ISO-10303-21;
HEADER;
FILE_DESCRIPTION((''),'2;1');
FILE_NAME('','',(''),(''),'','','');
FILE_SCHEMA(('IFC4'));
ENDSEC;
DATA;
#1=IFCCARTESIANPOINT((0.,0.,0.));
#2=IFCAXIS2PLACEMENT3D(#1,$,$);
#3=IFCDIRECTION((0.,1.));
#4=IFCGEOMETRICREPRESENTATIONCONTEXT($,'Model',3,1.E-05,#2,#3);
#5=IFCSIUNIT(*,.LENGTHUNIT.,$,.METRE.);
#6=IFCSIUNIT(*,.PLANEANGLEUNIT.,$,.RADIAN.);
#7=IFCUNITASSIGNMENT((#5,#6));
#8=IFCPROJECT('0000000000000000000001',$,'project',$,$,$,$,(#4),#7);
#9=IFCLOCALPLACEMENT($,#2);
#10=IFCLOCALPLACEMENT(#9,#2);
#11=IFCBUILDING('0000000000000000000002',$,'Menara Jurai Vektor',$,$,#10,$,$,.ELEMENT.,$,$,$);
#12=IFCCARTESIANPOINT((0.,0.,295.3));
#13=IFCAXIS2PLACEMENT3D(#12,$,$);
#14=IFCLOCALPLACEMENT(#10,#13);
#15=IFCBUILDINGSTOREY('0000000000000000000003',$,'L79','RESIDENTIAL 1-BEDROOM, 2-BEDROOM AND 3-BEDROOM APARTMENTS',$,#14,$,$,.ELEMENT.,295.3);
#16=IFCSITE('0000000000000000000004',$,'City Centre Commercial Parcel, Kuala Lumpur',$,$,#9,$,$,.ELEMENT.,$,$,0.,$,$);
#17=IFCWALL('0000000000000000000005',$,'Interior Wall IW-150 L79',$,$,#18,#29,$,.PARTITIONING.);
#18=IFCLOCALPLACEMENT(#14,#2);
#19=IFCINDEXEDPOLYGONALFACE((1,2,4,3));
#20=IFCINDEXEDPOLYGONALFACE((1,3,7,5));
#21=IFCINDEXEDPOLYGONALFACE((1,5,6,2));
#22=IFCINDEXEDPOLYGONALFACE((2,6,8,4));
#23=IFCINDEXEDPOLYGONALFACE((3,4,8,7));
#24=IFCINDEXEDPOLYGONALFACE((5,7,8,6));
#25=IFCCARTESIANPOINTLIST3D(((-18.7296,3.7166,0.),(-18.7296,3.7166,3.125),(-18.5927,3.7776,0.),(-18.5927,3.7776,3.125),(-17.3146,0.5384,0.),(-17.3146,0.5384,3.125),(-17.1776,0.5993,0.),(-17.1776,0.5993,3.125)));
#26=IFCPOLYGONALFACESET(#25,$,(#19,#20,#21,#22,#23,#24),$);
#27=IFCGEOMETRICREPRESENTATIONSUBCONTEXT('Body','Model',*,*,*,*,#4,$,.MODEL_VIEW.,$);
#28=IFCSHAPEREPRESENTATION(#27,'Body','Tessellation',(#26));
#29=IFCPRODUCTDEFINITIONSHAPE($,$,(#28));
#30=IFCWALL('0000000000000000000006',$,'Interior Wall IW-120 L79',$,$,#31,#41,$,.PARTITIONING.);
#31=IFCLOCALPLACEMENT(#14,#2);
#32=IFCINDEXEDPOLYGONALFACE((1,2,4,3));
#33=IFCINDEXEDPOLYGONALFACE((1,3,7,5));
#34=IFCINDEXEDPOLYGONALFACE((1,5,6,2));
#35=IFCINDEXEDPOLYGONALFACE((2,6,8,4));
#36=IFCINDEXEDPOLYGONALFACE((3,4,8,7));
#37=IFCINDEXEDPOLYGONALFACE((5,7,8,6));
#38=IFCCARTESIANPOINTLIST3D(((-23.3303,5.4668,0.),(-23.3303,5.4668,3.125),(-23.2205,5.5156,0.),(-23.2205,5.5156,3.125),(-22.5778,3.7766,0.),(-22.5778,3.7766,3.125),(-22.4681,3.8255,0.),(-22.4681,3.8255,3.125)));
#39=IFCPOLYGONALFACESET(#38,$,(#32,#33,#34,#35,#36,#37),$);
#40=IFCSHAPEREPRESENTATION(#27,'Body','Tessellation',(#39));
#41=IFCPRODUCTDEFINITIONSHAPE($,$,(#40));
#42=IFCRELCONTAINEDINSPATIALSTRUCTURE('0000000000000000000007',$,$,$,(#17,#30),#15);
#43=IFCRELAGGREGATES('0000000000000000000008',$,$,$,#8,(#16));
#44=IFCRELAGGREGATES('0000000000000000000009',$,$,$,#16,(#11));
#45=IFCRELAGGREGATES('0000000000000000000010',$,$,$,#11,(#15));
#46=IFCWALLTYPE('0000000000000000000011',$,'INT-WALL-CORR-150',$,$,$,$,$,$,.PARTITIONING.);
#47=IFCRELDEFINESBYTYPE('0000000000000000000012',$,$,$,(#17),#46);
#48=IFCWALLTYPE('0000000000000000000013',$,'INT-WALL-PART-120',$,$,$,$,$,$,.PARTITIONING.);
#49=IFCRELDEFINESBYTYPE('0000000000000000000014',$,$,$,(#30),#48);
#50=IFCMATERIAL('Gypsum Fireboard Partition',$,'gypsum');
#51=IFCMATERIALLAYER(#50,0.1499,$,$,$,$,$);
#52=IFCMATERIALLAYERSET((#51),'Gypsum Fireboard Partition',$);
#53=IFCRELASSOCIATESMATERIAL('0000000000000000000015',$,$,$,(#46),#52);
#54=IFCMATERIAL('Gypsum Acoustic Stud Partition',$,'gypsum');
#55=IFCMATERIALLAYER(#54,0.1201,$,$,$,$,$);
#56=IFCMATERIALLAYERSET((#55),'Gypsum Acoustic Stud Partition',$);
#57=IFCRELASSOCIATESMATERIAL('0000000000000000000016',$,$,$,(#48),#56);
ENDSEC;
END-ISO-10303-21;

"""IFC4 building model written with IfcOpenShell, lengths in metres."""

from ifc_helpers import new_model, si_unit, direction, frame, frame_2d, origin, place, context, subcontext, project, spatial, rectangle, extrude, material, layer, layer_set, type_object, element, save


model = new_model("IFC4")

# Units and contexts
model_context = context("Model", 3, precision=1e-05, world=origin(), true_north=direction((0.0, 1.0)))
body_context = subcontext(model_context, "Body", "Model", "MODEL_VIEW")
ifc_project = project(units=[si_unit("LENGTHUNIT", "METRE"), si_unit("PLANEANGLEUNIT", "RADIAN")], contexts=[model_context])

# Site, building, storey
site_placement = place(None, origin())
site = spatial("IfcSite", under=ifc_project, at=site_placement, Name="City Centre Commercial Parcel, Kuala Lumpur", CompositionType="ELEMENT", RefElevation=0.0)
building_placement = place(site_placement, origin())
building = spatial("IfcBuilding", under=site, at=building_placement, Name="Menara Jurai Vektor", CompositionType="ELEMENT")
storey_placement = place(building_placement, frame((0.0, 0.0, 295.3)))
storey = spatial("IfcBuildingStorey", under=building, at=storey_placement, Name="L79", Description="RESIDENTIAL 1-BEDROOM, 2-BEDROOM AND 3-BEDROOM APARTMENTS", CompositionType="ELEMENT", Elevation=295.3)

# Shared definitions
ifc_material_1 = material(Name="Gypsum Fireboard Partition", Category="gypsum")
ifc_layer_1 = layer(ifc_material_1, 0.1499)
ifc_layer_set_1 = layer_set([ifc_layer_1], Name="Gypsum Fireboard Partition")
wall_type_1 = type_object("IfcWallType", Name="INT-WALL-CORR-150", PredefinedType="PARTITIONING", material=ifc_layer_set_1)

# Walls
wall_1_placement = place(storey_placement, frame((-17.2461, 0.5688, 0.0), z_axis=(0.0, 0.0, 1.0), x_axis=(-0.406737, 0.913545, 0.0)))
element("IfcWall", 1, at=wall_1_placement, inside=storey, type_object=wall_type_1, Name="Interior Wall IW-150 L79", PredefinedType="PARTITIONING", context=body_context, shape_type="SweptSolid", body=[
    extrude(rectangle(XDim=3.479, YDim=0.1499, at=frame_2d((1.7395, 0.0))), origin(), (0.0, 0.0, 1.0), 3.125),
])
ifc_material_2 = material(Name="Gypsum Acoustic Stud Partition", Category="gypsum")
ifc_layer_2 = layer(ifc_material_2, 0.1201)
ifc_layer_set_2 = layer_set([ifc_layer_2], Name="Gypsum Acoustic Stud Partition")
wall_type_2 = type_object("IfcWallType", Name="INT-WALL-PART-120", PredefinedType="PARTITIONING", material=ifc_layer_set_2)
wall_2_placement = place(storey_placement, frame((-22.5229, 3.801, 0.0), z_axis=(0.0, 0.0, 1.0), x_axis=(-0.406702, 0.913561, 0.0)))
element("IfcWall", 2, at=wall_2_placement, inside=storey, type_object=wall_type_2, Name="Interior Wall IW-120 L79", PredefinedType="PARTITIONING", context=body_context, shape_type="SweptSolid", body=[
    extrude(rectangle(XDim=1.8501, YDim=0.1201, at=frame_2d((0.925, 0.0))), origin(), (0.0, 0.0, 1.0), 3.125),
])

save(model, "model.ifc")
